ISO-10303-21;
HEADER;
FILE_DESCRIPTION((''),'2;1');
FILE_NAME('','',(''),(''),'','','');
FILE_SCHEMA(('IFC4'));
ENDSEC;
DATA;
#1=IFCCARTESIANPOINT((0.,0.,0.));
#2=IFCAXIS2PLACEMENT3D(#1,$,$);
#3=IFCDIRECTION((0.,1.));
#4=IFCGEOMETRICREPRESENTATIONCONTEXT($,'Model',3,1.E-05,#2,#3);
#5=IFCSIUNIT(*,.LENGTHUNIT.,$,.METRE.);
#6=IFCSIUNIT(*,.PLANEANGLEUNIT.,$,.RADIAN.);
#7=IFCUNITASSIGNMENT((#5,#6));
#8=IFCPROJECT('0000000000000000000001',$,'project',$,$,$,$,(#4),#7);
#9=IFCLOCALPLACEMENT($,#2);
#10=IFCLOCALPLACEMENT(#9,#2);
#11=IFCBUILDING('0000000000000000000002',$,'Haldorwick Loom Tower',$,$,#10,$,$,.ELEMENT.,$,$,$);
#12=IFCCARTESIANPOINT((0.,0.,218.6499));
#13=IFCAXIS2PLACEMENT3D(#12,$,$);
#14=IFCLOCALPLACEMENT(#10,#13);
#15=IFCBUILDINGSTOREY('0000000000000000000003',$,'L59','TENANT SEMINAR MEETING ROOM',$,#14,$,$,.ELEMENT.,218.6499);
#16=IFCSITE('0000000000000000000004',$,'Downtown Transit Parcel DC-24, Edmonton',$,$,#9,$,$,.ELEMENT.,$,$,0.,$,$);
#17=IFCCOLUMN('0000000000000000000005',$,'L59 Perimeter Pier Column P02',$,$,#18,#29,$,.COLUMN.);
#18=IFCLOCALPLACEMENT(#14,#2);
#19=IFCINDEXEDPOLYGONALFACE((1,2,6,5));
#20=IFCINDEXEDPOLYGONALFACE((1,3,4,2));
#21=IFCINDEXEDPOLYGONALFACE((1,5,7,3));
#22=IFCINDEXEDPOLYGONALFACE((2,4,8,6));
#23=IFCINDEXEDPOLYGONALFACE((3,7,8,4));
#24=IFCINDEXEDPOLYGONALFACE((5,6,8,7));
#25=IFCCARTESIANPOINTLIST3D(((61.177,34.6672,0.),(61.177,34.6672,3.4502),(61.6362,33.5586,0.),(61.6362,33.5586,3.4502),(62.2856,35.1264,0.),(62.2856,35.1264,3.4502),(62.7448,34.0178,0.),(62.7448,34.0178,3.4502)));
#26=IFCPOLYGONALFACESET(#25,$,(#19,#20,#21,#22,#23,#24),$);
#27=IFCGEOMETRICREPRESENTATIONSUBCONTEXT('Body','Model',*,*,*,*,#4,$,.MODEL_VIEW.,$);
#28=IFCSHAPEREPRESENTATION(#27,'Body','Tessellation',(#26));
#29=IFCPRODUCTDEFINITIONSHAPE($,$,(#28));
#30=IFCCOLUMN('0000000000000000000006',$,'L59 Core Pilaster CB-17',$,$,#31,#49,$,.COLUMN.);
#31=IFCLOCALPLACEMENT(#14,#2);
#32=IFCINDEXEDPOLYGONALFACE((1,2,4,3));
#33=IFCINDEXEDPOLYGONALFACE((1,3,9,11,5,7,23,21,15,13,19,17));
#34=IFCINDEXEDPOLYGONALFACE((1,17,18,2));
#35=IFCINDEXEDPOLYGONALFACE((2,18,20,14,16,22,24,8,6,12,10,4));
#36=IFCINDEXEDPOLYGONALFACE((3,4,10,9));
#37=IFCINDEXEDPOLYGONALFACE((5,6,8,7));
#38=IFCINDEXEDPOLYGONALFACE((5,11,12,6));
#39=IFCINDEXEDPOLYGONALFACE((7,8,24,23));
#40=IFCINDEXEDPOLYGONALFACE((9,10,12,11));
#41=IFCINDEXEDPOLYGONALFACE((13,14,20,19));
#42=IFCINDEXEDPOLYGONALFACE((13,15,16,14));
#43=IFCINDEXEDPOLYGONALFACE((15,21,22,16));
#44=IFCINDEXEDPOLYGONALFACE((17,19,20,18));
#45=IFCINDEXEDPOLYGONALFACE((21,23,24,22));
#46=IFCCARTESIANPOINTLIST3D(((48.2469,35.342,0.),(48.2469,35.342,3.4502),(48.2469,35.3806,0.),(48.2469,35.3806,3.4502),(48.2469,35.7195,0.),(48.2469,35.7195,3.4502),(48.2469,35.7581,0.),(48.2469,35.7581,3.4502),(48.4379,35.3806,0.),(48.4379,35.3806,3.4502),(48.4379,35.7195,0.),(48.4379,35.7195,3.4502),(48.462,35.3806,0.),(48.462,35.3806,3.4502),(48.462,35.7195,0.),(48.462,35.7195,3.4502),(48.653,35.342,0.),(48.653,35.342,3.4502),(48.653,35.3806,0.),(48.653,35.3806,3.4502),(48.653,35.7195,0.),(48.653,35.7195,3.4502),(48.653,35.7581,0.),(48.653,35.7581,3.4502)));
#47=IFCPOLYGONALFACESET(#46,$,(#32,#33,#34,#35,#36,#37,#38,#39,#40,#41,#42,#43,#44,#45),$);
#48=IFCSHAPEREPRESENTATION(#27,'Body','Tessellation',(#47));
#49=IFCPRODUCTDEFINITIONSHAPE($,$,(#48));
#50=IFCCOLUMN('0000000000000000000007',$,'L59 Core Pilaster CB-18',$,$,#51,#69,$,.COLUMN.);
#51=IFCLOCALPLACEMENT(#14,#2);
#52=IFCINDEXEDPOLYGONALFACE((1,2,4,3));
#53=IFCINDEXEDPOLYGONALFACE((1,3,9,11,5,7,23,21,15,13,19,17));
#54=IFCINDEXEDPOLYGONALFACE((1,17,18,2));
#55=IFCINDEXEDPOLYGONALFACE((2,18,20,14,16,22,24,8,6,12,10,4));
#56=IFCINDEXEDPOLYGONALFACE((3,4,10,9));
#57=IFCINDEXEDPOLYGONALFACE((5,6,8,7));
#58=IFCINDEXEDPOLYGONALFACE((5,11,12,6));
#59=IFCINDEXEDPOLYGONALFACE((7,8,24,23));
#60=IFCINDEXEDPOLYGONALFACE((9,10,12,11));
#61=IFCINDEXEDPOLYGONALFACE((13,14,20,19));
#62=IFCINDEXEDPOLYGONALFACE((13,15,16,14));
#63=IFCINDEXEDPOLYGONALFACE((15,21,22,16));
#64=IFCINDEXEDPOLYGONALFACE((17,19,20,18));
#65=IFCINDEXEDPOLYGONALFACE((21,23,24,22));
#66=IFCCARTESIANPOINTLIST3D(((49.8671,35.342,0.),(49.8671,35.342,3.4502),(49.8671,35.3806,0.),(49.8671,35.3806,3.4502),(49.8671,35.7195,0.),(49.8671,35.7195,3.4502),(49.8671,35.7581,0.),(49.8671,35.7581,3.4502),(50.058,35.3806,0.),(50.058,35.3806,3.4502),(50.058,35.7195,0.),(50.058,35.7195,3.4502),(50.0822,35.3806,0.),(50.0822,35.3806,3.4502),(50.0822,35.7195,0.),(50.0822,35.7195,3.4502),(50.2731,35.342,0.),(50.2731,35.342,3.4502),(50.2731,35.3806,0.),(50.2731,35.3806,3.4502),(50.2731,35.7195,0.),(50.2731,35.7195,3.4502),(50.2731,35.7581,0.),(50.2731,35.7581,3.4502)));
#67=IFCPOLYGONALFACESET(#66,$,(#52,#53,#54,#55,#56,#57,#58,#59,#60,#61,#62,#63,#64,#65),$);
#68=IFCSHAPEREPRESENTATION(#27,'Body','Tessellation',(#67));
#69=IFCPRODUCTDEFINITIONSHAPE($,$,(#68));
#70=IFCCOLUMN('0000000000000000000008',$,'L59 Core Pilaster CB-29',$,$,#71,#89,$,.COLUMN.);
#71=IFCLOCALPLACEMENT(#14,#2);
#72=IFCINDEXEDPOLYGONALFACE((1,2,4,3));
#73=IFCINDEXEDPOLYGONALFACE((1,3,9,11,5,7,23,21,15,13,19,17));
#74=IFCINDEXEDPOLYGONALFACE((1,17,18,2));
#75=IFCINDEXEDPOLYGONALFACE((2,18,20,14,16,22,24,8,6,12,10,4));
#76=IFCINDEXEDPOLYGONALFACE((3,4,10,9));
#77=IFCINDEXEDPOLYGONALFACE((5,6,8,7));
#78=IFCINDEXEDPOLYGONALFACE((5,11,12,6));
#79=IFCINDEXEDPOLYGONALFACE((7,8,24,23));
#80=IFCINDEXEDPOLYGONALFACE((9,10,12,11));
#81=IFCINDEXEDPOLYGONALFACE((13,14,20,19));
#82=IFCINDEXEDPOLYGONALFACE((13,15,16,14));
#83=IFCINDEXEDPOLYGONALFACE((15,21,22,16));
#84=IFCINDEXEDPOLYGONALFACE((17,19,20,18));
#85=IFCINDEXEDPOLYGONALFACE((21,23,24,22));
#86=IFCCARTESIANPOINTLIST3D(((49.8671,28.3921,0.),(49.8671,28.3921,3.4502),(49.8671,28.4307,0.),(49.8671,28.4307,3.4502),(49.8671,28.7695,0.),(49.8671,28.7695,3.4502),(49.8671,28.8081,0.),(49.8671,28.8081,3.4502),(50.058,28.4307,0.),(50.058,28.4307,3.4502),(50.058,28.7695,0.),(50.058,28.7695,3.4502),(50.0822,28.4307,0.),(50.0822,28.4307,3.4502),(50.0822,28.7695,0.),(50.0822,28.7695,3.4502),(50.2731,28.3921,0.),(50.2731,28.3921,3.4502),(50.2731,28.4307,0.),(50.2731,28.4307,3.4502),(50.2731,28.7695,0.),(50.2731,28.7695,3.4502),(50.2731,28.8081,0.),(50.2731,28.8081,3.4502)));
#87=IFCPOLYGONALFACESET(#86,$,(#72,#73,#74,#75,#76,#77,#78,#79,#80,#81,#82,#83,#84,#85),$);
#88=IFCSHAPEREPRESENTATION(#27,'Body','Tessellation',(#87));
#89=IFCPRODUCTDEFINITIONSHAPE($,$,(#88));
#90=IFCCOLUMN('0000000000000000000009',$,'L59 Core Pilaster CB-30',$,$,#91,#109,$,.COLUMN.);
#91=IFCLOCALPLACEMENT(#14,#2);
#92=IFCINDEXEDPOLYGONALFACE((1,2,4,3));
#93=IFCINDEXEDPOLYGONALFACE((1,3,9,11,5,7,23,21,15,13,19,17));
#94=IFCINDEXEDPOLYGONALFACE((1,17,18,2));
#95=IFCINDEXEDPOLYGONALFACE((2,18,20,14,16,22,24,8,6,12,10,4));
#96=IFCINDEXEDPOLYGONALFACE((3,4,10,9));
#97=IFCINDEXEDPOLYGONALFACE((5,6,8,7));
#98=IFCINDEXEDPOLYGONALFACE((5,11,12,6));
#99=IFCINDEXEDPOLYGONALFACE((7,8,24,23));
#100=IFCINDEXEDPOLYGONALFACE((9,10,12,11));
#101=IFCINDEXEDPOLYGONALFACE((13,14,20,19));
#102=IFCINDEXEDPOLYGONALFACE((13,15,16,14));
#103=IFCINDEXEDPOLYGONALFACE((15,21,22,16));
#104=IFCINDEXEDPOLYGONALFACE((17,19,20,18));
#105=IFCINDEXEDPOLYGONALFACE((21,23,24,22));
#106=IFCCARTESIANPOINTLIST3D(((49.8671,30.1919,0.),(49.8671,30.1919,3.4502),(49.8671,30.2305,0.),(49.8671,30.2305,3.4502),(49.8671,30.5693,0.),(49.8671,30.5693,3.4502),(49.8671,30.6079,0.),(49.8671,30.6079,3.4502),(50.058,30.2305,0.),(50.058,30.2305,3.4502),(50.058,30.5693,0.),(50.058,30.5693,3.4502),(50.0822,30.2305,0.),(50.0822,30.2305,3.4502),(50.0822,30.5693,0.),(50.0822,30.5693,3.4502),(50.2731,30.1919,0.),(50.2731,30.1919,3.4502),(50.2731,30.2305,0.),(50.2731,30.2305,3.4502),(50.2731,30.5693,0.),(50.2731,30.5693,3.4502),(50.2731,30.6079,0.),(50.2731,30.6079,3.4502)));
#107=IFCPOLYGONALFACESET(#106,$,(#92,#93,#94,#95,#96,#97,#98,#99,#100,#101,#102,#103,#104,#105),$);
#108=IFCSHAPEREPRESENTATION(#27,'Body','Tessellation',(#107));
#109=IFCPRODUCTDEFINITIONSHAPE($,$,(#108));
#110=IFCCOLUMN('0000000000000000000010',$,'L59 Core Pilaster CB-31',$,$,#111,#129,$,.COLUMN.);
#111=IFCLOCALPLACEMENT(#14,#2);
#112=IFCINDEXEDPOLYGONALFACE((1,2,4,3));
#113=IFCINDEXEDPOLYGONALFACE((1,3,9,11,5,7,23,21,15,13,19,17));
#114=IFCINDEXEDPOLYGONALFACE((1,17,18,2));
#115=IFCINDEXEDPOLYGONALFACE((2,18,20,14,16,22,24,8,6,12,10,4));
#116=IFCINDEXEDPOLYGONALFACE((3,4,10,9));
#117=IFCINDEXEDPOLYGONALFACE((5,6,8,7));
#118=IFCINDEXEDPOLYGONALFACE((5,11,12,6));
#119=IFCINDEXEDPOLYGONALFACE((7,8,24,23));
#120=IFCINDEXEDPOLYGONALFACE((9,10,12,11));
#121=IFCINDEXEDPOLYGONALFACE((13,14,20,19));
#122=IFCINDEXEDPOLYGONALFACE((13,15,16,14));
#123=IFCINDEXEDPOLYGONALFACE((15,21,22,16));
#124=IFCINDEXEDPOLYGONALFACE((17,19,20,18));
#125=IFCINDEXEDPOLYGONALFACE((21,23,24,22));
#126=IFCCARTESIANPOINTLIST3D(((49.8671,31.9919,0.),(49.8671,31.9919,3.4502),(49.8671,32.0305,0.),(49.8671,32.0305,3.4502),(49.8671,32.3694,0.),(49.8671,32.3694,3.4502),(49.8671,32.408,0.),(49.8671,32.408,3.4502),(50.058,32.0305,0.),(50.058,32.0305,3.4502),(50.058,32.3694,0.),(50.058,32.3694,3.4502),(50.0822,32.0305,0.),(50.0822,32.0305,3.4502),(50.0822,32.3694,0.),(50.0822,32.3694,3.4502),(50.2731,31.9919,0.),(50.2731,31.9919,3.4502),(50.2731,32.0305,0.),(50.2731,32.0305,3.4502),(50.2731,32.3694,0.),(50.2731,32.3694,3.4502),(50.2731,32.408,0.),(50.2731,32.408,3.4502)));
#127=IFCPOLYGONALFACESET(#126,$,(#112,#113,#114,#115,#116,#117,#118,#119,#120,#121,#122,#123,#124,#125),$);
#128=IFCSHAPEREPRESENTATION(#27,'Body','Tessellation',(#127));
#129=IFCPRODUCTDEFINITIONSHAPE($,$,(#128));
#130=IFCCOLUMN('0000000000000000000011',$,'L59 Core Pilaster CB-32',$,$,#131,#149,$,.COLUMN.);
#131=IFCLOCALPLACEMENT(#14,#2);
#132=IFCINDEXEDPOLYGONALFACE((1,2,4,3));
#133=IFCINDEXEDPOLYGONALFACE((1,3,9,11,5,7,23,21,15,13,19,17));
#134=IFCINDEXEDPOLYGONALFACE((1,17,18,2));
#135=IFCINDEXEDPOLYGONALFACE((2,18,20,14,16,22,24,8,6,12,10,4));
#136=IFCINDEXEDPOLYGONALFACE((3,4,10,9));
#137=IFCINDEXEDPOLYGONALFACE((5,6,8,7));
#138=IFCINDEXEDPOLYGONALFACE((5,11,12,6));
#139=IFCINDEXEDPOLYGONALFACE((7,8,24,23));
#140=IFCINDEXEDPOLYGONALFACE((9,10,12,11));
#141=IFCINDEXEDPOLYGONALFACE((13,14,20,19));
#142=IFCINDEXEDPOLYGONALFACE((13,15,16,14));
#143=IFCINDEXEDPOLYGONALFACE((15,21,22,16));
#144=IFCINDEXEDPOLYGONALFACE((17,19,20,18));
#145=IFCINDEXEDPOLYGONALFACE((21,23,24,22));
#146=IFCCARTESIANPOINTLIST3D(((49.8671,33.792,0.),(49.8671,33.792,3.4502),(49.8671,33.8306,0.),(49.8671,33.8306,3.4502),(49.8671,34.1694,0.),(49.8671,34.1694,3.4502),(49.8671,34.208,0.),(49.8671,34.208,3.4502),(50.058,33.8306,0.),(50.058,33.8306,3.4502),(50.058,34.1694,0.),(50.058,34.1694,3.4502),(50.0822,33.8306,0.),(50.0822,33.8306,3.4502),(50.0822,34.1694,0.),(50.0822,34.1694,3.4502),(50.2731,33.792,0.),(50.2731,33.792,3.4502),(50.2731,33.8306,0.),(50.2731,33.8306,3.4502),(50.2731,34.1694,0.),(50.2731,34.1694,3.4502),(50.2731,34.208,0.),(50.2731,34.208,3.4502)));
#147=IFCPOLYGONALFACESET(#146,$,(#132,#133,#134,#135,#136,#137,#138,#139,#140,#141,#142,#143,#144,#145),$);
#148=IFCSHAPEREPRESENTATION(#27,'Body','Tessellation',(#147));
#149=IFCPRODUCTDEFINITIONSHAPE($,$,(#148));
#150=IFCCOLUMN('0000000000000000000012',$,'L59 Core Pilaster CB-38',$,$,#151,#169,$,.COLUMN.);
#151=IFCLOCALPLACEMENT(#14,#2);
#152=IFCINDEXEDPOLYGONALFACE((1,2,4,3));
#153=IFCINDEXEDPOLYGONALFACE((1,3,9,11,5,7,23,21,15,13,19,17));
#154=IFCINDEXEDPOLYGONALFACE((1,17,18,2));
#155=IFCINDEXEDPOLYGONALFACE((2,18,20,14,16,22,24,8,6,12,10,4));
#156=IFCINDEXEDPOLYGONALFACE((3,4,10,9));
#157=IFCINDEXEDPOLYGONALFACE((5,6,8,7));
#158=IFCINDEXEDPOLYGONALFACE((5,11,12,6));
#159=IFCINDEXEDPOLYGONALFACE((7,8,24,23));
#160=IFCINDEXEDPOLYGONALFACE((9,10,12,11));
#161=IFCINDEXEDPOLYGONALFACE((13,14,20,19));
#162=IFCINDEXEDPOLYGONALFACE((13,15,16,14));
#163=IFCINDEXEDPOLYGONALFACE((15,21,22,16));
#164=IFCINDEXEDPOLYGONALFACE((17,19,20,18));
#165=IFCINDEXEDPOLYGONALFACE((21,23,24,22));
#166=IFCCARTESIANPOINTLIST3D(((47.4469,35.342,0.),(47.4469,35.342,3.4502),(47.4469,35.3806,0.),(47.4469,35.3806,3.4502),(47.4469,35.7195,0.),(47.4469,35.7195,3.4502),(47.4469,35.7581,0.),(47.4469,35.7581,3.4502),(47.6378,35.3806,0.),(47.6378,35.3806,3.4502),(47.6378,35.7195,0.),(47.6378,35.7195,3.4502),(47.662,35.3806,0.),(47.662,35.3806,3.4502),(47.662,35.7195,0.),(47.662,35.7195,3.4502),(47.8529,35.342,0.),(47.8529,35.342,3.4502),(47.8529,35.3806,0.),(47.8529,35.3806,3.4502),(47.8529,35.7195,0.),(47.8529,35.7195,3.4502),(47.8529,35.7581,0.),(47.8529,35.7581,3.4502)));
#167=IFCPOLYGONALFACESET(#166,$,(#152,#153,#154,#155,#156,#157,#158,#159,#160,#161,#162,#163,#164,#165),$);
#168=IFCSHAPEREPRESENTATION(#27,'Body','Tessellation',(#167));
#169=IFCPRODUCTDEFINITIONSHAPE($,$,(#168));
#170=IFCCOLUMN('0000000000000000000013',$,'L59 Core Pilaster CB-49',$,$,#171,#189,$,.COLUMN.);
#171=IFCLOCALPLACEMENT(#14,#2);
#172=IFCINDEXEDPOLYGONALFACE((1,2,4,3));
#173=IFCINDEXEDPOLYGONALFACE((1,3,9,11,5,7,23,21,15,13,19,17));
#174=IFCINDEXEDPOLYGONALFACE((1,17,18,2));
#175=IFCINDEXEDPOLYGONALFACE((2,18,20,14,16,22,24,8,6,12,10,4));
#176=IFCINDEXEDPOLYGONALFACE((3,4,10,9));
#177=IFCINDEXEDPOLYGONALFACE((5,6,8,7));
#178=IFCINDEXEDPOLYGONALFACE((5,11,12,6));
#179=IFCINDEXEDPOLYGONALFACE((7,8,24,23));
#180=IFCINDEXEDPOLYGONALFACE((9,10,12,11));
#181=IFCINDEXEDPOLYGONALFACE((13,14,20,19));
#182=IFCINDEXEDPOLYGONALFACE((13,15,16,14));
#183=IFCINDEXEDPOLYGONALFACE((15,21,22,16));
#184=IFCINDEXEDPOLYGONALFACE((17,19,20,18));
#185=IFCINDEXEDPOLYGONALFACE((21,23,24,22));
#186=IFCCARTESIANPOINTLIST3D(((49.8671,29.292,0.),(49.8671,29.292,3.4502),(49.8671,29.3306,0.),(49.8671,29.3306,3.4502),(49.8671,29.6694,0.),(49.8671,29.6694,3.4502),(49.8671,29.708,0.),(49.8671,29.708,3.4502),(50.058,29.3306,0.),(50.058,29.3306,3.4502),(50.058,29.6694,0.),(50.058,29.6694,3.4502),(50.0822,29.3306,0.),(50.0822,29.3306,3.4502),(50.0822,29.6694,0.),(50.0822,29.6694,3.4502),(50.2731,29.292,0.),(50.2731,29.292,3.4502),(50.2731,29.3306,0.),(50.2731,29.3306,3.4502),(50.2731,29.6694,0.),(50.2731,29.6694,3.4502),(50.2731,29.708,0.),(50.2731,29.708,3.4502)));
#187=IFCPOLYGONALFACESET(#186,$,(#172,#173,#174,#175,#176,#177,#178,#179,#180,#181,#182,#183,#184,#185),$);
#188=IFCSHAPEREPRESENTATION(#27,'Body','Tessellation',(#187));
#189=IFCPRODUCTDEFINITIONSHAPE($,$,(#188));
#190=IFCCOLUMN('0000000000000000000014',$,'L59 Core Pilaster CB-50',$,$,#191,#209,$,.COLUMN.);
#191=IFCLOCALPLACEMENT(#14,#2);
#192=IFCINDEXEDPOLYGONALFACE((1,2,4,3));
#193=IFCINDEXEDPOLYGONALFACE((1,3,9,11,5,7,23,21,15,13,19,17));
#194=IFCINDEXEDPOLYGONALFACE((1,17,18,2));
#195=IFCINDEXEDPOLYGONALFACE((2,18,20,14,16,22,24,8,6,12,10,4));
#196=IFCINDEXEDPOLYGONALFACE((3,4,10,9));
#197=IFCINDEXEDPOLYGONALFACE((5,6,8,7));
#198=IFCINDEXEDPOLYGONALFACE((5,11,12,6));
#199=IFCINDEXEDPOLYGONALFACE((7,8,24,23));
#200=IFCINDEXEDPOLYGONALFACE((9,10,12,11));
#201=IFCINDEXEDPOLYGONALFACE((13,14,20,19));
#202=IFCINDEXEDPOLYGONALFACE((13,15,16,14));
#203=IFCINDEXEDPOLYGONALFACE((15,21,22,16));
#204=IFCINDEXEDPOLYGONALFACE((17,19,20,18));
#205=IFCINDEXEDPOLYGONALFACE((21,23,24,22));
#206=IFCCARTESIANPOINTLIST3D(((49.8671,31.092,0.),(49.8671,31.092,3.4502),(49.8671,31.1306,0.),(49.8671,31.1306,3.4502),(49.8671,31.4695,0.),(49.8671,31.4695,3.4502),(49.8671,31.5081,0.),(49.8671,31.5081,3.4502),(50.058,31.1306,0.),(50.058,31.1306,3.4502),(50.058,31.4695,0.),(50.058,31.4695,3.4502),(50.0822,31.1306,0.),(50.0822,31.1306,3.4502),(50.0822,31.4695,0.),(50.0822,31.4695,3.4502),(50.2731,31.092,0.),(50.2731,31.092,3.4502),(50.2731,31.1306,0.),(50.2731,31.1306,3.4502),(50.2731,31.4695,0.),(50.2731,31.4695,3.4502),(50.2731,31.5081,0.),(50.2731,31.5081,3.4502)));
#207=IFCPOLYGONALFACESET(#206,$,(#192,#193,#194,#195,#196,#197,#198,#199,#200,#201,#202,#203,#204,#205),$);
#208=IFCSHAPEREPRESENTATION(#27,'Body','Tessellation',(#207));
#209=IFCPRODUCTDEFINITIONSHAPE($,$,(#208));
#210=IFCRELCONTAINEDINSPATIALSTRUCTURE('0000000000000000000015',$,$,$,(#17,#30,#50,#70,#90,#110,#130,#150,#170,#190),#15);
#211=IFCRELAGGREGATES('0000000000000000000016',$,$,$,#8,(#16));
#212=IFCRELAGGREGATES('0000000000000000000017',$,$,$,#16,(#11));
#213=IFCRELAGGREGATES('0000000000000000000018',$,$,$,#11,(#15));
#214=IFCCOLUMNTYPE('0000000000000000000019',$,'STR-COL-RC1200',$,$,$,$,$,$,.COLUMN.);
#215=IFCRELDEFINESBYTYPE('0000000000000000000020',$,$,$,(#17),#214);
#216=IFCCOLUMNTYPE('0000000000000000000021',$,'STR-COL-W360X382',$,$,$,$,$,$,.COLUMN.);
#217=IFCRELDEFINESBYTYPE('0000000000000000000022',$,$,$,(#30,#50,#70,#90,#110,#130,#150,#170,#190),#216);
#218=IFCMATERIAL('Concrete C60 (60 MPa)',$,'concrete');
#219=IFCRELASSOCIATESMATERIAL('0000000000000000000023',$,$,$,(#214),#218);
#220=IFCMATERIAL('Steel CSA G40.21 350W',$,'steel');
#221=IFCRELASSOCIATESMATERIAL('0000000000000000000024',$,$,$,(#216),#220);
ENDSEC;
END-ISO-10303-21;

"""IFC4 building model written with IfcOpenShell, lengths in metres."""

from ifc_helpers import new_model, si_unit, direction, frame, origin, origin_2d, place, context, subcontext, project, spatial, rectangle, i_section, extrude, material, material_profile, profile_set, type_object, element, save


model = new_model("IFC4")

# Units and contexts
model_context = context("Model", 3, precision=1e-05, world=origin(), true_north=direction((0.0, 1.0)))
body_context = subcontext(model_context, "Body", "Model", "MODEL_VIEW")
ifc_project = project(units=[si_unit("LENGTHUNIT", "METRE"), si_unit("PLANEANGLEUNIT", "RADIAN")], contexts=[model_context])

# Site, building, storey
site_placement = place(None, origin())
site = spatial("IfcSite", under=ifc_project, at=site_placement, Name="Downtown Transit Parcel DC-24, Edmonton", CompositionType="ELEMENT", RefElevation=0.0)
building_placement = place(site_placement, origin())
building = spatial("IfcBuilding", under=site, at=building_placement, Name="Haldorwick Loom Tower", CompositionType="ELEMENT")
storey_placement = place(building_placement, frame((0.0, 0.0, 218.6499)))
storey = spatial("IfcBuildingStorey", under=building, at=storey_placement, Name="L59", Description="TENANT SEMINAR MEETING ROOM", CompositionType="ELEMENT", Elevation=218.6499)

# Columns
ifc_material_1 = material(Name="Concrete C60 (60 MPa)", Category="concrete")
ifc_material_profile_1 = material_profile(ifc_material_1, rectangle(XDim=1.2, YDim=1.2, at=origin_2d()), Name="RC1200X1200", Category="concrete")
ifc_profile_set_1 = profile_set([ifc_material_profile_1], Name="Concrete C60 (60 MPa)")
column_type_1 = type_object("IfcColumnType", Name="STR-COL-RC1200", PredefinedType="COLUMN", material=ifc_profile_set_1)
column_1_placement = place(storey_placement, frame((61.9609, 34.3425, 0.0), z_axis=(0.0, 0.0, 1.0), x_axis=(0.92388, 0.382683, 0.0)))
element("IfcColumn", 1, at=column_1_placement, inside=storey, type_object=column_type_1, Name="L59 Perimeter Pier Column P02", PredefinedType="COLUMN", context=body_context, shape_type="SweptSolid", body=[
    extrude(rectangle(XDim=1.2, YDim=1.2, at=origin_2d()), origin(), (0.0, 0.0, 1.0), 3.4502),
])
ifc_material_2 = material(Name="Steel CSA G40.21 350W", Category="steel")
ifc_material_profile_2 = material_profile(ifc_material_2, i_section(OverallWidth=0.406, OverallDepth=0.416, WebThickness=0.0242, FlangeThickness=0.0386, at=origin_2d()), Name="W360X382", Category="steel")
ifc_profile_set_2 = profile_set([ifc_material_profile_2], Name="Steel CSA G40.21 350W")
column_type_2 = type_object("IfcColumnType", Name="STR-COL-W360X382", PredefinedType="COLUMN", material=ifc_profile_set_2)
for number, where, z_axis, x_axis, name in (
    (2, (48.45, 35.55, 0.0), (0.0, 0.0, 1.0), (1.0, 0.0, 0.0), "L59 Core Pilaster CB-17"),
    (3, (50.0701, 35.55, 0.0), (0.0, 0.0, 1.0), (1.0, 0.0, 0.0), "L59 Core Pilaster CB-18"),
    (4, (50.0701, 28.6001, 0.0), (0.0, 0.0, 1.0), (1.0, 0.0, 0.0), "L59 Core Pilaster CB-29"),
    (5, (50.0701, 30.3999, 0.0), (0.0, 0.0, 1.0), (1.0, 0.0, 0.0), "L59 Core Pilaster CB-30"),
    (6, (50.0701, 32.2, 0.0), (0.0, 0.0, 1.0), (1.0, 0.0, 0.0), "L59 Core Pilaster CB-31"),
    (7, (50.0701, 34.0, 0.0), (0.0, 0.0, 1.0), (1.0, 0.0, 0.0), "L59 Core Pilaster CB-32"),
    (8, (47.6499, 35.55, 0.0), (0.0, 0.0, 1.0), (1.0, 0.0, 0.0), "L59 Core Pilaster CB-38"),
    (9, (50.0701, 29.5, 0.0), (0.0, 0.0, 1.0), (1.0, 0.0, 0.0), "L59 Core Pilaster CB-49"),
    (10, (50.0701, 31.3, 0.0), (0.0, 0.0, 1.0), (1.0, 0.0, 0.0), "L59 Core Pilaster CB-50"),
):
    element("IfcColumn", number, at=place(storey_placement, frame(where, z_axis=z_axis, x_axis=x_axis)), inside=storey, type_object=column_type_2, Name=name, PredefinedType="COLUMN", context=body_context, shape_type="SweptSolid", body=[
        extrude(i_section(OverallWidth=0.406, OverallDepth=0.416, WebThickness=0.0242, FlangeThickness=0.0386, at=origin_2d()), origin(), (0.0, 0.0, 1.0), 3.4502),
    ])

save(model, "model.ifc")
